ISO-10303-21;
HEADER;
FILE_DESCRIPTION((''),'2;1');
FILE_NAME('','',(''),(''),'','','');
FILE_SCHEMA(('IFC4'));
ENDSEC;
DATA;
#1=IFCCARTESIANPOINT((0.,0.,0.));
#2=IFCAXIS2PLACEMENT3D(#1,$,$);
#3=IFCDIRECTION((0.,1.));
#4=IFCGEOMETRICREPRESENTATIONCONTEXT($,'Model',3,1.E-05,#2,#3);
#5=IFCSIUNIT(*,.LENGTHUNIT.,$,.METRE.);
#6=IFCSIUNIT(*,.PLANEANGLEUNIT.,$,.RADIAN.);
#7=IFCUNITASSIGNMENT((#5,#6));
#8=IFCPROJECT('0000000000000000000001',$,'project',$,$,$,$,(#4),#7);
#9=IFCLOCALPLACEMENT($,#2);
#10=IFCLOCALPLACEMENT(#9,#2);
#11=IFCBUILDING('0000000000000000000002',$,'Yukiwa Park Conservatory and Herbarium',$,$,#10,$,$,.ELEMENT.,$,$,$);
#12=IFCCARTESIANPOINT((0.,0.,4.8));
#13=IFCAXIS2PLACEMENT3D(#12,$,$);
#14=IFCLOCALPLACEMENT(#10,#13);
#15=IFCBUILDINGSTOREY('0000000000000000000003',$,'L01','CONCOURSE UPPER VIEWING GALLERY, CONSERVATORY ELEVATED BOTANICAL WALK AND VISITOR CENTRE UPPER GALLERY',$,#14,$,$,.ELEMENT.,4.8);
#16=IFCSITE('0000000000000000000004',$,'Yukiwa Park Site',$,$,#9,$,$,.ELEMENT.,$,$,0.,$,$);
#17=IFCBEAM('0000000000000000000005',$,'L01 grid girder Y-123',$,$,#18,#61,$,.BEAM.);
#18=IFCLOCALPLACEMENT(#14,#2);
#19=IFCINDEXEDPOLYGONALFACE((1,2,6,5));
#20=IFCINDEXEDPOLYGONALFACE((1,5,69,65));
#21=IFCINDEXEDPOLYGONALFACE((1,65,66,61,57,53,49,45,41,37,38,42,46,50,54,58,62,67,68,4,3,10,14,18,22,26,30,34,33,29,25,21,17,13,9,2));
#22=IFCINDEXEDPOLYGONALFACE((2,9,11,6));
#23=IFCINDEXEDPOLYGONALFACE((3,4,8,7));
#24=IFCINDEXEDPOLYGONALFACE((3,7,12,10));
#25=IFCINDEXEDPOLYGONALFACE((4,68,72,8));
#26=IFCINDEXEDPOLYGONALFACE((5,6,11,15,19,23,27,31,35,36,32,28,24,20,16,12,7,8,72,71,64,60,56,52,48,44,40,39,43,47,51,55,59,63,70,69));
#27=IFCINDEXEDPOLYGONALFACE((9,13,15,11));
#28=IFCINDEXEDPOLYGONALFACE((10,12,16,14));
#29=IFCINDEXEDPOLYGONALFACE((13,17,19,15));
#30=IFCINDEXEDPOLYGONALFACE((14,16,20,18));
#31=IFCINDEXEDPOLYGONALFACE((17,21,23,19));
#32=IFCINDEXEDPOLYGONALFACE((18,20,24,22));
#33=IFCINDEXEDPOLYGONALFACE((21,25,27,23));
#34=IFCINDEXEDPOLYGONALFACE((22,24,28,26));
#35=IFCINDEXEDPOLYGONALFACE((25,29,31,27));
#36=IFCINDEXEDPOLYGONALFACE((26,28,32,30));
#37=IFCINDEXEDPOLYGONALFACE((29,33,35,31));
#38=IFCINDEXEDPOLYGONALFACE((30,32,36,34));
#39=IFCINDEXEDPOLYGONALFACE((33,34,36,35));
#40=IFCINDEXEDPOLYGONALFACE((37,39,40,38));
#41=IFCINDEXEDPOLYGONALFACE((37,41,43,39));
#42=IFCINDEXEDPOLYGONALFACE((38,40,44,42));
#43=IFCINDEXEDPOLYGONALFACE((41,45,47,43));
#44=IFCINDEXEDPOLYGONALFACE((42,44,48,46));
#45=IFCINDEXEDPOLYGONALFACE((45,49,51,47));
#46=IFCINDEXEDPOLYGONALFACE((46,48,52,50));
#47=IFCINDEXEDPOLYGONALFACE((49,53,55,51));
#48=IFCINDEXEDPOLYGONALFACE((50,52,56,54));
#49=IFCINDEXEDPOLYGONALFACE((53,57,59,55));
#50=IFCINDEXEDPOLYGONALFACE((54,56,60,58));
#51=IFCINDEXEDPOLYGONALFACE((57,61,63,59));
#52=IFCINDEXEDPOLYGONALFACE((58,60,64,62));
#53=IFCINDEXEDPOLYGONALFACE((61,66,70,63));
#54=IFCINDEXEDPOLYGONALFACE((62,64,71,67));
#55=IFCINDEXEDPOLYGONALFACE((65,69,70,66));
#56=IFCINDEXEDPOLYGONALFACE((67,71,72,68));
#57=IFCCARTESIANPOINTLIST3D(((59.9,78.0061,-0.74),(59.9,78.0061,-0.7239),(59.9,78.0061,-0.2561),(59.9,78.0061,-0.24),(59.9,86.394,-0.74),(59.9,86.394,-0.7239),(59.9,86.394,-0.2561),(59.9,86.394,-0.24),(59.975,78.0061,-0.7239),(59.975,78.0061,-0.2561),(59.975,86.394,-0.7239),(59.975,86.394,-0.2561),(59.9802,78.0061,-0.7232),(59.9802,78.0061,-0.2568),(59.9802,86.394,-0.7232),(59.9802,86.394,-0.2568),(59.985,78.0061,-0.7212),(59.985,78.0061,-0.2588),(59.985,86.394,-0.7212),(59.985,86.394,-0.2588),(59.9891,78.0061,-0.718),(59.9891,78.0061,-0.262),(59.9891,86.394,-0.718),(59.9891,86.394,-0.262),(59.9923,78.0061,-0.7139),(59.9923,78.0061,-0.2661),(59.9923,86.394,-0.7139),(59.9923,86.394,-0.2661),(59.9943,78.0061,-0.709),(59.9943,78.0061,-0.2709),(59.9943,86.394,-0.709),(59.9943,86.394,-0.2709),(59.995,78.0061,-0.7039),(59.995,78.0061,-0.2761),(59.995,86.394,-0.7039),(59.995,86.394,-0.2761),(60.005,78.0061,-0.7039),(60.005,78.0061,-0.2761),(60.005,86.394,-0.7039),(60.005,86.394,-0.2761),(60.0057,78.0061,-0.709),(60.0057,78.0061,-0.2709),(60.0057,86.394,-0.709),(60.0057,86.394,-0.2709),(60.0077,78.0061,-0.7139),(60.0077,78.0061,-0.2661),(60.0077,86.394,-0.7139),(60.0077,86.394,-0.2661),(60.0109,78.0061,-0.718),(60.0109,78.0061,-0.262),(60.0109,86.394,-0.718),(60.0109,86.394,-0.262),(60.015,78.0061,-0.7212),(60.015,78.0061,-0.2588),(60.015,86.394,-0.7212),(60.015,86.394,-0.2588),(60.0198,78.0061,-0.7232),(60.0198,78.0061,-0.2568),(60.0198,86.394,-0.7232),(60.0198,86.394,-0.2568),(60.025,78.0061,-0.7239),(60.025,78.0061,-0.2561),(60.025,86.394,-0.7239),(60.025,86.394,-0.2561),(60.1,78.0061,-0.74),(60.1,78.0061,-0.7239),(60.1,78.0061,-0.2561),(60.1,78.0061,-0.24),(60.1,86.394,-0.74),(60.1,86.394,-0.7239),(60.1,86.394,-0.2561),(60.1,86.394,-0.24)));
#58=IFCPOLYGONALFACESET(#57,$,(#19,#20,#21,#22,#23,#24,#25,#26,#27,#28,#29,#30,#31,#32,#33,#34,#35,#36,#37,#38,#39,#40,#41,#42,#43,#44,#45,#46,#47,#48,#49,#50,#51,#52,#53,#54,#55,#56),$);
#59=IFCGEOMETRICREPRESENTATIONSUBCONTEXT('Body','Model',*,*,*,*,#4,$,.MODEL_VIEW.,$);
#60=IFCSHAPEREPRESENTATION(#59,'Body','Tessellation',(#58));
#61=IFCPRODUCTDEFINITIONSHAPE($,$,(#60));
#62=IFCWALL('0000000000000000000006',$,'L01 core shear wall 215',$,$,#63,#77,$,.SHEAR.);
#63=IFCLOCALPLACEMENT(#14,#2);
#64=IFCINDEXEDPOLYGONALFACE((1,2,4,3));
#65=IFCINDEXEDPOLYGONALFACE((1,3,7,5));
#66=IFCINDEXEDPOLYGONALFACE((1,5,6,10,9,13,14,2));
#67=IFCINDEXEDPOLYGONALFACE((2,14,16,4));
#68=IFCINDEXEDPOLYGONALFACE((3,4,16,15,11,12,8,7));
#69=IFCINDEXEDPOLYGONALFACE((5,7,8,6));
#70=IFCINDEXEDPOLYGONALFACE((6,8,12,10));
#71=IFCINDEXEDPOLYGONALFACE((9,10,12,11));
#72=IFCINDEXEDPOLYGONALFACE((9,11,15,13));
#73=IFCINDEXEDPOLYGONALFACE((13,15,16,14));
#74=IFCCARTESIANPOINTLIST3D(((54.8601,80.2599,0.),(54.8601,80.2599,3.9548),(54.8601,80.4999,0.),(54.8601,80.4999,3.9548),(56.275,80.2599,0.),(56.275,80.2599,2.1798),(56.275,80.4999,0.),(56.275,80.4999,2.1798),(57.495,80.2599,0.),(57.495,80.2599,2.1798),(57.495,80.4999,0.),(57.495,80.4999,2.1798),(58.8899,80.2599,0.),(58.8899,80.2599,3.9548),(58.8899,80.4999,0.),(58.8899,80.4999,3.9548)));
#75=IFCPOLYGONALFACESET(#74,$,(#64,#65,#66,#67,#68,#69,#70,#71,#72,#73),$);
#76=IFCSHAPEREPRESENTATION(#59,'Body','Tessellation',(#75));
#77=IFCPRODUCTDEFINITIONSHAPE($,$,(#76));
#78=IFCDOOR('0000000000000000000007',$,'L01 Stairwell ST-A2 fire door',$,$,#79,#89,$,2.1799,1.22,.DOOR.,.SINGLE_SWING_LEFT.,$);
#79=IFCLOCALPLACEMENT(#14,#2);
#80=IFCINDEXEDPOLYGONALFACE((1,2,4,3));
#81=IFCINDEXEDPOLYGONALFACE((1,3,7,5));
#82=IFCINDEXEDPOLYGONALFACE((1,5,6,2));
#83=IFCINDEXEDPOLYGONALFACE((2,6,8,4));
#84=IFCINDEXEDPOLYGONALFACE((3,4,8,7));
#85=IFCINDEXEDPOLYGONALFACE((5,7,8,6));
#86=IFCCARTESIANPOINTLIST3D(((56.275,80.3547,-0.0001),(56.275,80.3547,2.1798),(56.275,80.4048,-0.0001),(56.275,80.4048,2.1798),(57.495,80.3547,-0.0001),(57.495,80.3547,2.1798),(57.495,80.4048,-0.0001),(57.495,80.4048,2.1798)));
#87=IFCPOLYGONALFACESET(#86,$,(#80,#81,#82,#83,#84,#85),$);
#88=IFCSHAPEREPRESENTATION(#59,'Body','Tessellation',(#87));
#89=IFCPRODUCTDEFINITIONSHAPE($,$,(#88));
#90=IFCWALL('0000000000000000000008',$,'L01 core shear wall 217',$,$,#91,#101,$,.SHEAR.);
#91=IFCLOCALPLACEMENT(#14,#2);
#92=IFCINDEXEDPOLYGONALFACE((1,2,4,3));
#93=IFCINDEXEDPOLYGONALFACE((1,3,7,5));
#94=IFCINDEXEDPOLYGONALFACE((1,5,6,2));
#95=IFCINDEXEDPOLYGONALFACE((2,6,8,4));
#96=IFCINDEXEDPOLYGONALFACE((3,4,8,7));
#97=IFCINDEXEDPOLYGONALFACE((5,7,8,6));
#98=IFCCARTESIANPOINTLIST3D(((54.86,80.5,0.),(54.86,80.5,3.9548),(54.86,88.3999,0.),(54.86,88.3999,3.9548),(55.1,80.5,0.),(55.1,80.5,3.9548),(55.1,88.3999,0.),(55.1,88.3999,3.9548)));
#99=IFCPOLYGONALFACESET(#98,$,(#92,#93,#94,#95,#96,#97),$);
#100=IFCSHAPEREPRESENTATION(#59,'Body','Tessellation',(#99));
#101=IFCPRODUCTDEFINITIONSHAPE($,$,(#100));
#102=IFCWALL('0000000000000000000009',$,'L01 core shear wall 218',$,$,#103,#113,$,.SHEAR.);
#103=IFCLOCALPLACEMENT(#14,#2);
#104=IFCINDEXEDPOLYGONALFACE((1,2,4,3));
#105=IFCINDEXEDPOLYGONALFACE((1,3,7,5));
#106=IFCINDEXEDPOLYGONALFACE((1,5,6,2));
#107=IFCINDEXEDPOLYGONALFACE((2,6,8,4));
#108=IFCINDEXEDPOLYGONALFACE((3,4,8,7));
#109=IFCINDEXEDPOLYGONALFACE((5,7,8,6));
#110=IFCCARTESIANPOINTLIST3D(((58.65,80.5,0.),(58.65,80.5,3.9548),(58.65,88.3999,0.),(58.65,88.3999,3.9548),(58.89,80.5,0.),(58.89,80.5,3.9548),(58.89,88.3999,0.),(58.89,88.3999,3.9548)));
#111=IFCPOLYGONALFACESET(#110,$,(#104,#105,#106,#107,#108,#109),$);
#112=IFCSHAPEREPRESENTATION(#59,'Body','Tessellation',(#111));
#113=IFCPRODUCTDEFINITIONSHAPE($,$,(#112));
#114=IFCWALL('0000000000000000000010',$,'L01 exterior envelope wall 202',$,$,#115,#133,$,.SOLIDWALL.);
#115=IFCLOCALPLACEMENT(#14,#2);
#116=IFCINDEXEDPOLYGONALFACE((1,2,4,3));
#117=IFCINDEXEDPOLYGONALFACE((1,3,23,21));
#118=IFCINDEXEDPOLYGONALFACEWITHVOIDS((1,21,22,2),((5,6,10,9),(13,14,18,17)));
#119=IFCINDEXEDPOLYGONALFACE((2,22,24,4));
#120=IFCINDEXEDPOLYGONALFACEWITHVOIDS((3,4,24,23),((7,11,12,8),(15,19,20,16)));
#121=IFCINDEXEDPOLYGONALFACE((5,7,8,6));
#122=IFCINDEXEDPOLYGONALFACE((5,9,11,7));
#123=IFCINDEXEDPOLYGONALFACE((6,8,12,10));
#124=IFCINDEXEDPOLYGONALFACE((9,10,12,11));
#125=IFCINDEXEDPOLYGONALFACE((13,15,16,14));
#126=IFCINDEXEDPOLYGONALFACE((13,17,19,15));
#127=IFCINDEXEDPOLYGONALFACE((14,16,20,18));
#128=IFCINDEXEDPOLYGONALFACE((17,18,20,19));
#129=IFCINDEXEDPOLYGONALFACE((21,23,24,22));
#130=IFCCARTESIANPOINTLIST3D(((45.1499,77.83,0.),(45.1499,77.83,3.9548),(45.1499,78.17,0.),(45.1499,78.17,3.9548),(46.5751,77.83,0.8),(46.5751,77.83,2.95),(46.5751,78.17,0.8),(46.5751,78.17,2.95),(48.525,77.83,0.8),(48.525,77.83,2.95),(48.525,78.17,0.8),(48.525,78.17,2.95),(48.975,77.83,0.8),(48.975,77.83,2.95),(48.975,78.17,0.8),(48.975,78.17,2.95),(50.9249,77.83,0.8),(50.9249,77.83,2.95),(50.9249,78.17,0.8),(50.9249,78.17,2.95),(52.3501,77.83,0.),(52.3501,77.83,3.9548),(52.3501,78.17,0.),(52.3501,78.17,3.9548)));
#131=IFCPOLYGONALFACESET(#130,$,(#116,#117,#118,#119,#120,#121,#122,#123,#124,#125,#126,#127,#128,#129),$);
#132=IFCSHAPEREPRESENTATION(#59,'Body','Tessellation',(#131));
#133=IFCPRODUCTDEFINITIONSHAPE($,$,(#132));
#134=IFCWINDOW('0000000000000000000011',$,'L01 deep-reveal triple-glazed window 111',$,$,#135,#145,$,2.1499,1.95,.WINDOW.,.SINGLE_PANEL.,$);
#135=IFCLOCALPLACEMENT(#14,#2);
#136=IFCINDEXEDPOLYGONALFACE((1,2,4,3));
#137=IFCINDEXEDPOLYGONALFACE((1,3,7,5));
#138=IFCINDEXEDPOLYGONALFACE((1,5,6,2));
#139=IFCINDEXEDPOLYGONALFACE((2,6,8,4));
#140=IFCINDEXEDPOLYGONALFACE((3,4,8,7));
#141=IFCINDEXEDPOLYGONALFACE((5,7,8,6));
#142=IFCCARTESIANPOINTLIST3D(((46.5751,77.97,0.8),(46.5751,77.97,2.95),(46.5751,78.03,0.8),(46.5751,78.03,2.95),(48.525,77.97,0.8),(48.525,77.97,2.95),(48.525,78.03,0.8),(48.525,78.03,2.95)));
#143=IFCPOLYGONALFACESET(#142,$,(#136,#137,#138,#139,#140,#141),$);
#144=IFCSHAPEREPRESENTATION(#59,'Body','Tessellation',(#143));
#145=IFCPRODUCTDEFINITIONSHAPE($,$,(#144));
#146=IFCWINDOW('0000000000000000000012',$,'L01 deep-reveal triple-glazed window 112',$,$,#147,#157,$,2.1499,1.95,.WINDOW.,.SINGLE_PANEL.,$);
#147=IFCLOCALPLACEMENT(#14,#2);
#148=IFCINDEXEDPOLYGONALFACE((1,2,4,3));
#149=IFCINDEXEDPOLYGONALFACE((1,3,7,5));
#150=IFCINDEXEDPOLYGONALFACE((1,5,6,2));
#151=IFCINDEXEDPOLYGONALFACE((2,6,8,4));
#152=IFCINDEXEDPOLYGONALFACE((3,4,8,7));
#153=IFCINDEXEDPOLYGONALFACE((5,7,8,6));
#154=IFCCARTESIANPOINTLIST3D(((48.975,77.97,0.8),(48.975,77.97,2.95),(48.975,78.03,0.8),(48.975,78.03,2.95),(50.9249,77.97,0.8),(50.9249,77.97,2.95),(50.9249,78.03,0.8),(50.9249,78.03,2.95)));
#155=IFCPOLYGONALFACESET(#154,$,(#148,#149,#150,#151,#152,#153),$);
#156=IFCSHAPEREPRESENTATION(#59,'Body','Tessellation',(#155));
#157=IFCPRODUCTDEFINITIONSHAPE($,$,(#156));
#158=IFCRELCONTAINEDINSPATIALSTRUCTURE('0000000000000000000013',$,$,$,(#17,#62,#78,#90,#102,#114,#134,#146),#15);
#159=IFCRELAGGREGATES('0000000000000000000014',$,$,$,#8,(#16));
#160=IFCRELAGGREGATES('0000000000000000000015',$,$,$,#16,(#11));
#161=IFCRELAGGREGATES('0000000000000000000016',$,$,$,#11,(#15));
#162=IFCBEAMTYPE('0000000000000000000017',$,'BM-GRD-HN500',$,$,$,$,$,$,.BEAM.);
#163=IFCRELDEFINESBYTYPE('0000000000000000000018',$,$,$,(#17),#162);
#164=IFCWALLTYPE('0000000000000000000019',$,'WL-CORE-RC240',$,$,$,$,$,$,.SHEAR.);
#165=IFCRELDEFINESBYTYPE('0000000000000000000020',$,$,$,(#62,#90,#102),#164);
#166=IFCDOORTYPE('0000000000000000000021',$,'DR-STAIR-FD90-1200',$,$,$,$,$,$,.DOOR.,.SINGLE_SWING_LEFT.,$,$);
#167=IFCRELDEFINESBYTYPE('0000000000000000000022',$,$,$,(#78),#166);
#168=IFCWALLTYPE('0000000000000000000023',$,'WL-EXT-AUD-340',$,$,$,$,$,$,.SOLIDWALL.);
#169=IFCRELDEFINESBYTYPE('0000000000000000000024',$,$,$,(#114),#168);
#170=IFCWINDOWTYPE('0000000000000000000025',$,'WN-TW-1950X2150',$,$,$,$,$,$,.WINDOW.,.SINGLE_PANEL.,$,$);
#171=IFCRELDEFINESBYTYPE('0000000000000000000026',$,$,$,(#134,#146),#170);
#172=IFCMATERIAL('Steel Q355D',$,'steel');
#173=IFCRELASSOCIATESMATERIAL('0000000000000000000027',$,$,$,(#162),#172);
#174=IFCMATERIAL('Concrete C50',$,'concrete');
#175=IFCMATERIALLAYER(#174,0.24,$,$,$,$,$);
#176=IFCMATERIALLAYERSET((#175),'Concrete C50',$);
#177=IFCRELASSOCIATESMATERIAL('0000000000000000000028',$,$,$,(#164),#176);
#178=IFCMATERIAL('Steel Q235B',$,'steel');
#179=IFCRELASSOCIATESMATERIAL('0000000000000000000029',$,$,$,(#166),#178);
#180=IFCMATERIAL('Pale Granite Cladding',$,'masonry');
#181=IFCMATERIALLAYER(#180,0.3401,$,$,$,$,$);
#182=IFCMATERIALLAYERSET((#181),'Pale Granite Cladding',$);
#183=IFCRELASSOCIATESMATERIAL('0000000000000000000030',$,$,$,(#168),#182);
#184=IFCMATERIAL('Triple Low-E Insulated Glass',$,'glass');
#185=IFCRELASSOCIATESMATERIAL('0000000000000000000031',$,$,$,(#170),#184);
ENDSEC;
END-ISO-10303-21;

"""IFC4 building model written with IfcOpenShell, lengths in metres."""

from ifc_helpers import new_model, si_unit, direction, frame, frame_2d, origin, origin_2d, place, context, subcontext, project, spatial, rectangle, i_section, extrude, material, layer, layer_set, material_profile, profile_set, type_object, element, fill, save


model = new_model("IFC4")

# Units and contexts
model_context = context("Model", 3, precision=1e-05, world=origin(), true_north=direction((0.0, 1.0)))
body_context = subcontext(model_context, "Body", "Model", "MODEL_VIEW")
ifc_project = project(units=[si_unit("LENGTHUNIT", "METRE"), si_unit("PLANEANGLEUNIT", "RADIAN")], contexts=[model_context])

# Site, building, storey
site_placement = place(None, origin())
site = spatial("IfcSite", under=ifc_project, at=site_placement, Name="Yukiwa Park Site", CompositionType="ELEMENT", RefElevation=0.0)
building_placement = place(site_placement, origin())
building = spatial("IfcBuilding", under=site, at=building_placement, Name="Yukiwa Park Conservatory and Herbarium", CompositionType="ELEMENT")
storey_placement = place(building_placement, frame((0.0, 0.0, 4.8)))
storey = spatial("IfcBuildingStorey", under=building, at=storey_placement, Name="L01", Description="CONCOURSE UPPER VIEWING GALLERY, CONSERVATORY ELEVATED BOTANICAL WALK AND VISITOR CENTRE UPPER GALLERY", CompositionType="ELEMENT", Elevation=4.8)

# Beam
ifc_material_1 = material(Name="Steel Q355D", Category="steel")
ifc_material_profile_1 = material_profile(ifc_material_1, i_section(OverallWidth=0.2, OverallDepth=0.5, WebThickness=0.01, FlangeThickness=0.0161, FilletRadius=0.02, at=origin_2d()), Name="HN 500x200x10x16")
ifc_profile_set_1 = profile_set([ifc_material_profile_1], Name="Steel Q355D")
beam_type_1 = type_object("IfcBeamType", Name="BM-GRD-HN500", PredefinedType="BEAM", material=ifc_profile_set_1)
beam_1_placement = place(storey_placement, frame((60.0, 78.0061, -0.49), z_axis=(0.0, 1.0, 0.0), x_axis=(-1.0, 0.0, 0.0)))
element("IfcBeam", 1, at=beam_1_placement, inside=storey, type_object=beam_type_1, Name="L01 grid girder Y-123", PredefinedType="BEAM", context=body_context, shape_type="SweptSolid", body=[
    extrude(i_section(OverallWidth=0.2, OverallDepth=0.5, WebThickness=0.01, FlangeThickness=0.0161, FilletRadius=0.02, at=origin_2d()), origin(), (0.0, 0.0, 1.0), 8.3879),
])

# Wall, opening, door
ifc_material_2 = material(Name="Concrete C50", Category="concrete")
ifc_layer_1 = layer(ifc_material_2, 0.24)
ifc_layer_set_1 = layer_set([ifc_layer_1], Name="Concrete C50")
wall_type_1 = type_object("IfcWallType", Name="WL-CORE-RC240", PredefinedType="SHEAR", material=ifc_layer_set_1)
wall_1_placement = place(storey_placement, frame((54.8601, 80.3799, 0.0), z_axis=(0.0, 0.0, 1.0), x_axis=(1.0, 0.0, 0.0)))
wall_1 = element("IfcWall", 2, at=wall_1_placement, inside=storey, type_object=wall_type_1, Name="L01 core shear wall 215", PredefinedType="SHEAR", context=body_context, shape_type="SweptSolid", body=[
    extrude(rectangle(XDim=4.0298, YDim=0.24, at=frame_2d((2.0149, 0.0))), origin(), (0.0, 0.0, 1.0), 3.9548),
])
opening_1_placement = place(wall_1_placement, frame((1.415, 0.0, 0.0)))
opening_1 = element("IfcOpeningElement", 3, at=opening_1_placement, cuts=wall_1, PredefinedType="OPENING", context=body_context, shape_type="SweptSolid", body=[
    extrude(rectangle(XDim=1.22, YDim=2.1799, at=frame_2d((0.6099, 1.0898))), frame((0.0, 0.1299, 0.0), z_axis=(0.0, -1.0, 0.0), x_axis=(1.0, 0.0, 0.0)), (0.0, 0.0, 1.0), 0.26),
])
ifc_material_3 = material(Name="Steel Q235B", Category="steel")
door_type = type_object("IfcDoorType", Name="DR-STAIR-FD90-1200", OperationType="SINGLE_SWING_LEFT", PredefinedType="DOOR", material=ifc_material_3)
door_placement = place(opening_1_placement, origin())
door = element("IfcDoor", 4, at=door_placement, inside=storey, type_object=door_type, Name="L01 Stairwell ST-A2 fire door", OperationType="SINGLE_SWING_LEFT", OverallHeight=2.1799, OverallWidth=1.22, PredefinedType="DOOR", context=body_context, shape_type="SweptSolid", body=[
    extrude(rectangle(XDim=1.22, YDim=2.1799, at=frame_2d((0.6099, 1.0898))), frame((0.0, 0.0249, 0.0), z_axis=(0.0, -1.0, 0.0), x_axis=(1.0, 0.0, 0.0)), (0.0, 0.0, 1.0), 0.05),
])
fill(opening_1, door)

# Walls
for number, where, z_axis, x_axis, name in (
    (5, (54.98, 80.5, 0.0), (0.0, 0.0, 1.0), (0.0, 1.0, 0.0), "L01 core shear wall 217"),
    (6, (58.77, 80.5, 0.0), (0.0, 0.0, 1.0), (0.0, 1.0, 0.0), "L01 core shear wall 218"),
):
    element("IfcWall", number, at=place(storey_placement, frame(where, z_axis=z_axis, x_axis=x_axis)), inside=storey, type_object=wall_type_1, Name=name, PredefinedType="SHEAR", context=body_context, shape_type="SweptSolid", body=[
        extrude(rectangle(XDim=7.8999, YDim=0.24, at=frame_2d((3.95, 0.0))), origin(), (0.0, 0.0, 1.0), 3.9548),
    ])

# Wall, openings, windows
ifc_material_4 = material(Name="Pale Granite Cladding", Category="masonry")
ifc_layer_2 = layer(ifc_material_4, 0.3401)
ifc_layer_set_2 = layer_set([ifc_layer_2], Name="Pale Granite Cladding")
wall_type_2 = type_object("IfcWallType", Name="WL-EXT-AUD-340", PredefinedType="SOLIDWALL", material=ifc_layer_set_2)
wall_2_placement = place(storey_placement, frame((45.1499, 78.0, 0.0), z_axis=(0.0, 0.0, 1.0), x_axis=(1.0, 0.0, 0.0)))
wall_2 = element("IfcWall", 7, at=wall_2_placement, inside=storey, type_object=wall_type_2, Name="L01 exterior envelope wall 202", PredefinedType="SOLIDWALL", context=body_context, shape_type="SweptSolid", body=[
    extrude(rectangle(XDim=7.2002, YDim=0.3401, at=frame_2d((3.6001, 0.0))), origin(), (0.0, 0.0, 1.0), 3.9548),
])
opening_2_placement = place(wall_2_placement, frame((1.425, 0.0, 0.8)))
opening_2 = element("IfcOpeningElement", 8, at=opening_2_placement, cuts=wall_2, PredefinedType="OPENING", context=body_context, shape_type="SweptSolid", body=[
    extrude(rectangle(XDim=1.95, YDim=2.1499, at=frame_2d((0.9751, 1.075))), frame((0.0, 0.1802, 0.0), z_axis=(0.0, -1.0, 0.0), x_axis=(1.0, 0.0, 0.0)), (0.0, 0.0, 1.0), 0.3601),
])
opening_3_placement = place(wall_2_placement, frame((3.825, 0.0, 0.8)))
opening_3 = element("IfcOpeningElement", 9, at=opening_3_placement, cuts=wall_2, PredefinedType="OPENING", context=body_context, shape_type="SweptSolid", body=[
    extrude(rectangle(XDim=1.95, YDim=2.1499, at=frame_2d((0.9751, 1.075))), frame((0.0, 0.1802, 0.0), z_axis=(0.0, -1.0, 0.0), x_axis=(1.0, 0.0, 0.0)), (0.0, 0.0, 1.0), 0.3601),
])
ifc_material_5 = material(Name="Triple Low-E Insulated Glass", Category="glass")
window_type_1 = type_object("IfcWindowType", Name="WN-TW-1950X2150", PartitioningType="SINGLE_PANEL", PredefinedType="WINDOW", material=ifc_material_5)
window_1_placement = place(opening_2_placement, origin())
window_1 = element("IfcWindow", 10, at=window_1_placement, inside=storey, type_object=window_type_1, Name="L01 deep-reveal triple-glazed window 111", OverallHeight=2.1499, OverallWidth=1.95, PartitioningType="SINGLE_PANEL", PredefinedType="WINDOW", context=body_context, shape_type="SweptSolid", body=[
    extrude(rectangle(XDim=1.95, YDim=2.1499, at=frame_2d((0.9751, 1.075))), frame((0.0, 0.03, 0.0), z_axis=(0.0, -1.0, 0.0), x_axis=(1.0, 0.0, 0.0)), (0.0, 0.0, 1.0), 0.0601),
])
fill(opening_2, window_1)
window_2_placement = place(opening_3_placement, origin())
window_2 = element("IfcWindow", 11, at=window_2_placement, inside=storey, type_object=window_type_1, Name="L01 deep-reveal triple-glazed window 112", OverallHeight=2.1499, OverallWidth=1.95, PartitioningType="SINGLE_PANEL", PredefinedType="WINDOW", context=body_context, shape_type="SweptSolid", body=[
    extrude(rectangle(XDim=1.95, YDim=2.1499, at=frame_2d((0.9751, 1.075))), frame((0.0, 0.03, 0.0), z_axis=(0.0, -1.0, 0.0), x_axis=(1.0, 0.0, 0.0)), (0.0, 0.0, 1.0), 0.0601),
])
fill(opening_3, window_2)

save(model, "model.ifc")
